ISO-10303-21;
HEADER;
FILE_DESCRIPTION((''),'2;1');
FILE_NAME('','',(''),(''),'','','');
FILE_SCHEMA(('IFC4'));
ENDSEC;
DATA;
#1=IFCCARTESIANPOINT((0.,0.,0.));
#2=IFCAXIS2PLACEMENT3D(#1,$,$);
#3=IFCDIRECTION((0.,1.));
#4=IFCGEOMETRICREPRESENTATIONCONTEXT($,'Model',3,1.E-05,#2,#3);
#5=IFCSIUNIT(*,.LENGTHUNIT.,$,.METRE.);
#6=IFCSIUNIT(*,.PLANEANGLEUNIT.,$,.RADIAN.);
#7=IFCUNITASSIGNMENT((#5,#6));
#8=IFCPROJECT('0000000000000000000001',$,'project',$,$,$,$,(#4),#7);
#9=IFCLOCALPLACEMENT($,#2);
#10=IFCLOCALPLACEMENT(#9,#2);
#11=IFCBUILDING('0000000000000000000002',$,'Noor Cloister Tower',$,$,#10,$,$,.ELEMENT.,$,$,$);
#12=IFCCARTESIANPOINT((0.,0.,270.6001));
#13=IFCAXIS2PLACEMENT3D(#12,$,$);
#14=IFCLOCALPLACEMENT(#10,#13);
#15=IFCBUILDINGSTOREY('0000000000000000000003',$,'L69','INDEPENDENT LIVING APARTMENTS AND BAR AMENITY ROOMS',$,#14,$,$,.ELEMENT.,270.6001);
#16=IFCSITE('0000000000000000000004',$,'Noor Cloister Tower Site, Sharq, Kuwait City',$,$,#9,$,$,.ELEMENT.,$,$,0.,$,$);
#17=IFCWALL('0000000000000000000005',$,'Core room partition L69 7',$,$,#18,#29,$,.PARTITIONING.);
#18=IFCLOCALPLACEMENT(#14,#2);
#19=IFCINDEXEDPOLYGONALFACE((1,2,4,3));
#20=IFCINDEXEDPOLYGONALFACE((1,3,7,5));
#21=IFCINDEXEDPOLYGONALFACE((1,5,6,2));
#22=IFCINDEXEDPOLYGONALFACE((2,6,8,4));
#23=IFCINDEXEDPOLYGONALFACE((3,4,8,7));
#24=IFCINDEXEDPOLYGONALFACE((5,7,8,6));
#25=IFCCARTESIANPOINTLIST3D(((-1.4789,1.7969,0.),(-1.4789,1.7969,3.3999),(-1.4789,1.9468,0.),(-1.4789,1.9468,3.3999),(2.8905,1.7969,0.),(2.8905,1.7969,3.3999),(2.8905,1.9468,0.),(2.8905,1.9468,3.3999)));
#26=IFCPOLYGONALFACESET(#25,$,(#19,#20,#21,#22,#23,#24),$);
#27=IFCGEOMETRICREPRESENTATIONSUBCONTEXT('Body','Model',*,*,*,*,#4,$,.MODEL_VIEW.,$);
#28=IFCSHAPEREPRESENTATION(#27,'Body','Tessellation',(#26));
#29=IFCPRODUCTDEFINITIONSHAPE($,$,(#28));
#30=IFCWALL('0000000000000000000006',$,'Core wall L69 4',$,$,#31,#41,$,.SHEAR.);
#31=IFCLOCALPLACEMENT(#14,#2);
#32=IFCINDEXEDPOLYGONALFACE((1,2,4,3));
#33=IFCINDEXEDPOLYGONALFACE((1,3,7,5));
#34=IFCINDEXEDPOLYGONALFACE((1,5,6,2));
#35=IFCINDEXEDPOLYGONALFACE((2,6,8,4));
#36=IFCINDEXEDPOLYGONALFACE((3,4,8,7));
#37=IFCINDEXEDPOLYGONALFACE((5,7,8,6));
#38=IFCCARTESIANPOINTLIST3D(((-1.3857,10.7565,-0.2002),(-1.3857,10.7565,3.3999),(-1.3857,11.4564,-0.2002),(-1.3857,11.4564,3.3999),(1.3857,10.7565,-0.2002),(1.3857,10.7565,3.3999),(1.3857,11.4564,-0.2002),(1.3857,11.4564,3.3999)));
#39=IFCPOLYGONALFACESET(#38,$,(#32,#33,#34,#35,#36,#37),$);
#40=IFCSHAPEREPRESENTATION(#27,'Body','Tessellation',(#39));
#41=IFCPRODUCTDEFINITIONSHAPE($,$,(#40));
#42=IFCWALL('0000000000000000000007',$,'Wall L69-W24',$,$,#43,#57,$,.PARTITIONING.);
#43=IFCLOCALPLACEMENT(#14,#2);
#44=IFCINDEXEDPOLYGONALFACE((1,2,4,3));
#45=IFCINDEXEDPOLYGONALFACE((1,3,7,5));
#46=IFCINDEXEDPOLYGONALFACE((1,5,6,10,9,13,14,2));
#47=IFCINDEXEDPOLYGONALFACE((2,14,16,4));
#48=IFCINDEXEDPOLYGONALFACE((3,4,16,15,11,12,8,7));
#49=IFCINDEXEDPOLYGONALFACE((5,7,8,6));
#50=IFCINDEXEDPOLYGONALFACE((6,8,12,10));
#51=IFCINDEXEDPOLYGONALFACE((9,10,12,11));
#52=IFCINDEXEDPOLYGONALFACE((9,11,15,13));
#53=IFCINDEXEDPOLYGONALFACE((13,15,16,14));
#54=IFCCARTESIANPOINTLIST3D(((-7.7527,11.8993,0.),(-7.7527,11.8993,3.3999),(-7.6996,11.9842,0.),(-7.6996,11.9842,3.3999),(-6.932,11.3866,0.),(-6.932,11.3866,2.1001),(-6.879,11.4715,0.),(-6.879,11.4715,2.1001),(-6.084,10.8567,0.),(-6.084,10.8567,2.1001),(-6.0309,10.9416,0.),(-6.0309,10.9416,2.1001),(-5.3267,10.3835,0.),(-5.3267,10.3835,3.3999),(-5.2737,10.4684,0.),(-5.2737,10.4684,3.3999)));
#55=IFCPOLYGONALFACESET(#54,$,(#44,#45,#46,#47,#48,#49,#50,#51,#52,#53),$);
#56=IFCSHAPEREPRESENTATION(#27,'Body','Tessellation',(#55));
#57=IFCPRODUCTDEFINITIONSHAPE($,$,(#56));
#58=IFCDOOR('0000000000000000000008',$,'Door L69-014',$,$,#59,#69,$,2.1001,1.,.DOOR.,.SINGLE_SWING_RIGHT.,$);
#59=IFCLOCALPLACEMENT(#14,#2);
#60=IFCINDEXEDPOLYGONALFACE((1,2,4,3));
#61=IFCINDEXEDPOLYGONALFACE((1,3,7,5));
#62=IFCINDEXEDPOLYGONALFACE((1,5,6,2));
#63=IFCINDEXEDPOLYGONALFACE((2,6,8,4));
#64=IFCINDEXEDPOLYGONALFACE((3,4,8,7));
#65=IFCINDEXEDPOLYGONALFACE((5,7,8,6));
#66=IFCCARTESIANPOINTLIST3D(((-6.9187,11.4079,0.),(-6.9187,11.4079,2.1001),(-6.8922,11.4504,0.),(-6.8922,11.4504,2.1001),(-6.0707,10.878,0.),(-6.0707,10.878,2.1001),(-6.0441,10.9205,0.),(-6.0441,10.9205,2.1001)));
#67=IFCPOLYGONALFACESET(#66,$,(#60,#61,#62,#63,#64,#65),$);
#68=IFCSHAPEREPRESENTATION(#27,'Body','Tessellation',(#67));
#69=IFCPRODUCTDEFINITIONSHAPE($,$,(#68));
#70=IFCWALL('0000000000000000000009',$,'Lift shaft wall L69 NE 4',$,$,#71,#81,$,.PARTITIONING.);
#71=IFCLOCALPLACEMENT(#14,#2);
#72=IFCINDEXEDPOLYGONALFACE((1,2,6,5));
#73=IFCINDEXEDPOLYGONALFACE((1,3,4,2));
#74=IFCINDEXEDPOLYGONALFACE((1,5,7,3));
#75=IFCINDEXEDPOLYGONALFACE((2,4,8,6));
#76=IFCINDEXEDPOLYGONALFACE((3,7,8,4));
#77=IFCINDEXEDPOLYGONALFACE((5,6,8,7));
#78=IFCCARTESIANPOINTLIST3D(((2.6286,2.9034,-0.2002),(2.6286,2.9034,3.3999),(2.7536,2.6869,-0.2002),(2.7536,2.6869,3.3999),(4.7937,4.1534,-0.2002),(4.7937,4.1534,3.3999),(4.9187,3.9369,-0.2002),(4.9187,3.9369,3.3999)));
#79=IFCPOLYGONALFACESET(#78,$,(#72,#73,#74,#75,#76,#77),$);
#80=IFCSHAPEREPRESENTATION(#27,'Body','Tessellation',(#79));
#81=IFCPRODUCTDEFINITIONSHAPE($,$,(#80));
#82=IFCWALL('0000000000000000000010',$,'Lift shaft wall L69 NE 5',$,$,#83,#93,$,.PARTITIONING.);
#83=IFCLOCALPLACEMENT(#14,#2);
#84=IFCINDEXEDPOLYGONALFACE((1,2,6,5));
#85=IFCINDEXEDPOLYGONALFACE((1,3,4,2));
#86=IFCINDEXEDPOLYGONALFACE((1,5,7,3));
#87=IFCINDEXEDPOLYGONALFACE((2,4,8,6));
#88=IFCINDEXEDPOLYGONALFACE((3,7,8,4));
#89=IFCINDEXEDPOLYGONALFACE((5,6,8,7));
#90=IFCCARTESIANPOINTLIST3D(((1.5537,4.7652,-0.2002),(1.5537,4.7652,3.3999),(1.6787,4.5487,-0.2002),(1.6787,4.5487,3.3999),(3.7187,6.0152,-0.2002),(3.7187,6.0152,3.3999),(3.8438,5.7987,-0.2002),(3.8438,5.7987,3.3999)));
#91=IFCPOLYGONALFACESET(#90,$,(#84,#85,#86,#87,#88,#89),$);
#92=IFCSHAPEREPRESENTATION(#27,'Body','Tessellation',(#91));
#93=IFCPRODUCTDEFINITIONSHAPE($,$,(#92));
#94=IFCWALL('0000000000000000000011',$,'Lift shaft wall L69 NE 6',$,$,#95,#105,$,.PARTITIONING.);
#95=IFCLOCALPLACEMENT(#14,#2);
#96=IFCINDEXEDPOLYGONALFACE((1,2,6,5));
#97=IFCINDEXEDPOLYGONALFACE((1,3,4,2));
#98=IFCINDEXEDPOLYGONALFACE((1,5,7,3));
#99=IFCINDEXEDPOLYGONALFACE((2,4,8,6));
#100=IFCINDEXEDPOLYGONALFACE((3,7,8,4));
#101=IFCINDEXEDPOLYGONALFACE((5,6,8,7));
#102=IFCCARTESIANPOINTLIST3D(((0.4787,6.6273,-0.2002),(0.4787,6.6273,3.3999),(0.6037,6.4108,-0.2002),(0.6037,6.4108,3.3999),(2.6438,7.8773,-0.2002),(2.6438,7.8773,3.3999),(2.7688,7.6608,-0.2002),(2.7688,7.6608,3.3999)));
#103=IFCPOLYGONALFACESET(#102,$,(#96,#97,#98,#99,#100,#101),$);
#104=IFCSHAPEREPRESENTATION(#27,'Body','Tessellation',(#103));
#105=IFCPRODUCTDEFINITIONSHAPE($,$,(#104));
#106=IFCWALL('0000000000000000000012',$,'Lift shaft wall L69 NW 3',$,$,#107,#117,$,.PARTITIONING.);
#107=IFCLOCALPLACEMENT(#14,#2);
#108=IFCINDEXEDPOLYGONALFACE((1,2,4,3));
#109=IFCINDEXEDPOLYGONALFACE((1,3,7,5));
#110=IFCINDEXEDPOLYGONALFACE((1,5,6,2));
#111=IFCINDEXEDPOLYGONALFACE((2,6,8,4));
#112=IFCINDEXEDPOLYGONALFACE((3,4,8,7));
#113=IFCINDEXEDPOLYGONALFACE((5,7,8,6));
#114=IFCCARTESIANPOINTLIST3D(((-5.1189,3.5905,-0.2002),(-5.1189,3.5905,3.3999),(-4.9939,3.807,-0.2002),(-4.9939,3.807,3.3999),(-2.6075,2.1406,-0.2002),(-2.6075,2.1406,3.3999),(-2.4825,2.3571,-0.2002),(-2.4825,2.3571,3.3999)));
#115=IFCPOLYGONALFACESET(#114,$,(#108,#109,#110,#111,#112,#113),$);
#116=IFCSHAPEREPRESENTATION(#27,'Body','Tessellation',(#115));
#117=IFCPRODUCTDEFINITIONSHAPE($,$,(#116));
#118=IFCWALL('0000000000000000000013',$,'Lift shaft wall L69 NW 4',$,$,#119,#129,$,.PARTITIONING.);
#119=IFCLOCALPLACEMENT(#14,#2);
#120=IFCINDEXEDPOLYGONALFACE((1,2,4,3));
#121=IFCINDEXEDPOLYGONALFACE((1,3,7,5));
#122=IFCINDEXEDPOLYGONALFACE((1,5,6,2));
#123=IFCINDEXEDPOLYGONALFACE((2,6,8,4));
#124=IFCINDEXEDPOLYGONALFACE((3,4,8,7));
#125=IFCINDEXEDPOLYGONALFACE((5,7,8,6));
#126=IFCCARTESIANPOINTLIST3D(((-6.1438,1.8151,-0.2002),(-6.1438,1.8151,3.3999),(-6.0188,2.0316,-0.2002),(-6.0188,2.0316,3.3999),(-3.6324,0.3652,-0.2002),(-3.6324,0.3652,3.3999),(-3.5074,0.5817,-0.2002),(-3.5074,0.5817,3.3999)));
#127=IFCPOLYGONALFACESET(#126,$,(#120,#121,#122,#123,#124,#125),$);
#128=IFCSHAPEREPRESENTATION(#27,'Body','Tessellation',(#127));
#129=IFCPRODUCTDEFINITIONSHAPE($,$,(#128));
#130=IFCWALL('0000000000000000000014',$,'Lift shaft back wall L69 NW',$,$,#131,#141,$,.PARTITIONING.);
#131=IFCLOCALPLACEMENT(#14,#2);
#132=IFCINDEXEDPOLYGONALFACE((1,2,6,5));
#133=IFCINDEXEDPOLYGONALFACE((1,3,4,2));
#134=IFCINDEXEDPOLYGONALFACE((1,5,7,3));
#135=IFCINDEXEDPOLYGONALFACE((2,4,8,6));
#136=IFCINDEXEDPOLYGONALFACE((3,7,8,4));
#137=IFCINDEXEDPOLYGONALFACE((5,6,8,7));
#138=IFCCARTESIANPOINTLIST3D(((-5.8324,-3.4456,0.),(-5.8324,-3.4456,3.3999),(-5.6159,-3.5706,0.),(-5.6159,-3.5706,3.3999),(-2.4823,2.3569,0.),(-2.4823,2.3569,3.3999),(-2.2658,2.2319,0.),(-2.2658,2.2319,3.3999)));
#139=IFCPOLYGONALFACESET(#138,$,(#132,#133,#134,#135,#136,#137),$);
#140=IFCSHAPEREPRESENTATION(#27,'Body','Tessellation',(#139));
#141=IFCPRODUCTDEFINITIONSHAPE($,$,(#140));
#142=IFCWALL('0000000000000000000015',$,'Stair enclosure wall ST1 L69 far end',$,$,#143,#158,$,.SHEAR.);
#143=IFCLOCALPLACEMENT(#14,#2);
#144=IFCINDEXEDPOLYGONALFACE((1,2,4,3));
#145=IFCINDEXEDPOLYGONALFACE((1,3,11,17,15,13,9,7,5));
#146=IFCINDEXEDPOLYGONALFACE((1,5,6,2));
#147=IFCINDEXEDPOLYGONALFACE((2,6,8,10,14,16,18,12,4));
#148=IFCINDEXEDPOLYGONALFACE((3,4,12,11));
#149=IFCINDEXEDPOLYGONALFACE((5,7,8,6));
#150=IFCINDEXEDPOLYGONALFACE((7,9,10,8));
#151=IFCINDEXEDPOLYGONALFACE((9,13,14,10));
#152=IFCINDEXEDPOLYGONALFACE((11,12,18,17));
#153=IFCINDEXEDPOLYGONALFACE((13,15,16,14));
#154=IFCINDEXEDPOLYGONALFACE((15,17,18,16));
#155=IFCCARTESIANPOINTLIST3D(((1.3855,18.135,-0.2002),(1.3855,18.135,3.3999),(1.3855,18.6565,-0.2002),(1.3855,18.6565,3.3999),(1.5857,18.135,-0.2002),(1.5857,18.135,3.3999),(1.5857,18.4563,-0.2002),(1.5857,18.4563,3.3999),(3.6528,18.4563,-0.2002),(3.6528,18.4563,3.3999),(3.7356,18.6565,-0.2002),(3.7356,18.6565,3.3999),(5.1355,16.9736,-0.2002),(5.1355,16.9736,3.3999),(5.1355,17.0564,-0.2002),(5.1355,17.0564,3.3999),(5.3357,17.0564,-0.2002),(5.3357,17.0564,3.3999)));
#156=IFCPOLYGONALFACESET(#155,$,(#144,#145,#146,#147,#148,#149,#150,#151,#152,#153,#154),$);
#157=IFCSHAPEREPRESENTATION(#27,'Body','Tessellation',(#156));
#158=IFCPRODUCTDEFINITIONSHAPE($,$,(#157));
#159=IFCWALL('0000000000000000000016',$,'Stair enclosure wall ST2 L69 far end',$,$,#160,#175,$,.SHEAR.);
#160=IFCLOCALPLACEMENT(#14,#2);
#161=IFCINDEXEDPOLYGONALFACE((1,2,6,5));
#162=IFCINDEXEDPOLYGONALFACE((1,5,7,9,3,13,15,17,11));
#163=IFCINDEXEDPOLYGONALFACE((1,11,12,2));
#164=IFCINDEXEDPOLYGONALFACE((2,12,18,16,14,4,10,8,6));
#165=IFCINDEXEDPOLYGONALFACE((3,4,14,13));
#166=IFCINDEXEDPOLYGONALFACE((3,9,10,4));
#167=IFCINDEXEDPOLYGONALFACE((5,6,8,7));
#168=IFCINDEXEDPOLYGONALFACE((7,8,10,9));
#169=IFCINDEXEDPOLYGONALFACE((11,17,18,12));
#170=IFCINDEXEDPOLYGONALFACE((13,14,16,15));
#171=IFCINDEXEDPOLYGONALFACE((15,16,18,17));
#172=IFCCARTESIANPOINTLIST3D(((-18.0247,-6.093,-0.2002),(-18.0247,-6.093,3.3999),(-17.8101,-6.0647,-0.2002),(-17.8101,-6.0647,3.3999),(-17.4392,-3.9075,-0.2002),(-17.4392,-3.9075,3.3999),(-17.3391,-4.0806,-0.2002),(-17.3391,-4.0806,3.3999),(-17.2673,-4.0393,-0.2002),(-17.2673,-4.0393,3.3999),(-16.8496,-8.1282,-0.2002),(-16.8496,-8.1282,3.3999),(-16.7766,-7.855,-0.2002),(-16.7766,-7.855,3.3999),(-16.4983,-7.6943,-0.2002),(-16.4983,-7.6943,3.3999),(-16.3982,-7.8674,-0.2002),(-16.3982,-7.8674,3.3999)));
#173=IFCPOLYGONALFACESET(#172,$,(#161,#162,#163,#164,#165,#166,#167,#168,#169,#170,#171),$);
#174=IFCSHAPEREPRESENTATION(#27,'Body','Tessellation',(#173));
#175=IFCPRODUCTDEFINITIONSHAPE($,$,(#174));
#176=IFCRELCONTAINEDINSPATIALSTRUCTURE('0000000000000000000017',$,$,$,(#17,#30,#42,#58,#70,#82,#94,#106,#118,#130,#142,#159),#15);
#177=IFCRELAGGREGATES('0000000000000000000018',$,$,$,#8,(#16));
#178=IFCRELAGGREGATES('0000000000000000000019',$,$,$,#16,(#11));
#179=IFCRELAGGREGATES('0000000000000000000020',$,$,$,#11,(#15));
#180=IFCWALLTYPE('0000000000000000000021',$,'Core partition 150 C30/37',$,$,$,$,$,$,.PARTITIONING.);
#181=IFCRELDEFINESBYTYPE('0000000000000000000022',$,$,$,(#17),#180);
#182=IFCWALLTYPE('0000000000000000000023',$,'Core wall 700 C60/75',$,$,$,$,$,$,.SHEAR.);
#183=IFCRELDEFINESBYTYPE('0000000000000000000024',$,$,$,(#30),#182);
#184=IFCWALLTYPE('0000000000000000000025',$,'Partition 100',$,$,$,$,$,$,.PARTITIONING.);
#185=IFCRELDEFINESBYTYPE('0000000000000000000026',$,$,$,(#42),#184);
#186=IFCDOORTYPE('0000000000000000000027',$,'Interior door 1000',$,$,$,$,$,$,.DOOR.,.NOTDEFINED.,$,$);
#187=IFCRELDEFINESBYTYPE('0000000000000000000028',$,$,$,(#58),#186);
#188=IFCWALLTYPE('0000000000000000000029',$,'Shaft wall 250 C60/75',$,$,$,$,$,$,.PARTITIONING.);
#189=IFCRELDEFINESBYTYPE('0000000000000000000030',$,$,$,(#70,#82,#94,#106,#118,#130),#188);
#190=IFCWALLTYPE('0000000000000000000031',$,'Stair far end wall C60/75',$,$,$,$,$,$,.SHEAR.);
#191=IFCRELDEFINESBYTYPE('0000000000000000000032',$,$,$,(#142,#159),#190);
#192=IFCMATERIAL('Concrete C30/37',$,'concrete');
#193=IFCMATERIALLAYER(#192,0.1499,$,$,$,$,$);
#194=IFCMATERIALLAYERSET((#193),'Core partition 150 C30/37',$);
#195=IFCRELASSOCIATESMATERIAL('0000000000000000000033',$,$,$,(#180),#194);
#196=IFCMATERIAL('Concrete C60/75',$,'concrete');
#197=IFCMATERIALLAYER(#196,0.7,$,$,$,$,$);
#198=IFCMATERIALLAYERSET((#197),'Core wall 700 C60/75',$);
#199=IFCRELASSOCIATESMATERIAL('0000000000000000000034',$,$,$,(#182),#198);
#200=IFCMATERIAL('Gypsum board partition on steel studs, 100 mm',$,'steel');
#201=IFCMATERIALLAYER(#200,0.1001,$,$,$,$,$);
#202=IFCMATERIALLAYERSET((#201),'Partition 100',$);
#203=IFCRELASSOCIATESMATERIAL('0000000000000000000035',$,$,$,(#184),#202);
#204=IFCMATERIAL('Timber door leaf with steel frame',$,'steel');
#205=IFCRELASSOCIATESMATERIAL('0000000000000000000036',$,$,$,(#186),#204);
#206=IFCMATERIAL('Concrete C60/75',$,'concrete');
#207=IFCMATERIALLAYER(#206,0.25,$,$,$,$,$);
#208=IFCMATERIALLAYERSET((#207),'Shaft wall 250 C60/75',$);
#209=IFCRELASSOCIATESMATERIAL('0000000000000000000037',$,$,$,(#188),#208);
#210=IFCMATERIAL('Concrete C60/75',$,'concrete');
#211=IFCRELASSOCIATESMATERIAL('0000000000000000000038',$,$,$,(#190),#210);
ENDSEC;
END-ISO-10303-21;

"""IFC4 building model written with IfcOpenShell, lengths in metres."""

from ifc_helpers import new_model, si_unit, direction, frame, frame_2d, origin, place, context, subcontext, project, spatial, polyline, rectangle, outline, extrude, material, layer, layer_set, type_object, element, fill, save


model = new_model("IFC4")

# Units and contexts
model_context = context("Model", 3, precision=1e-05, world=origin(), true_north=direction((0.0, 1.0)))
body_context = subcontext(model_context, "Body", "Model", "MODEL_VIEW")
ifc_project = project(units=[si_unit("LENGTHUNIT", "METRE"), si_unit("PLANEANGLEUNIT", "RADIAN")], contexts=[model_context])

# Site, building, storey
site_placement = place(None, origin())
site = spatial("IfcSite", under=ifc_project, at=site_placement, Name="Noor Cloister Tower Site, Sharq, Kuwait City", CompositionType="ELEMENT", RefElevation=0.0)
building_placement = place(site_placement, origin())
building = spatial("IfcBuilding", under=site, at=building_placement, Name="Noor Cloister Tower", CompositionType="ELEMENT")
storey_placement = place(building_placement, frame((0.0, 0.0, 270.6001)))
storey = spatial("IfcBuildingStorey", under=building, at=storey_placement, Name="L69", Description="INDEPENDENT LIVING APARTMENTS AND BAR AMENITY ROOMS", CompositionType="ELEMENT", Elevation=270.6001)

# Shared definitions
ifc_material_1 = material(Name="Concrete C30/37", Category="concrete")
ifc_layer_1 = layer(ifc_material_1, 0.1499)
ifc_layer_set_1 = layer_set([ifc_layer_1], Name="Core partition 150 C30/37")
wall_type_1 = type_object("IfcWallType", Name="Core partition 150 C30/37", PredefinedType="PARTITIONING", material=ifc_layer_set_1)

# Walls
wall_1_placement = place(storey_placement, frame((-1.4788, 1.8718, 0.0), z_axis=(0.0, 0.0, 1.0), x_axis=(1.0, 0.0, 0.0)))
element("IfcWall", 1, at=wall_1_placement, inside=storey, type_object=wall_type_1, Name="Core room partition L69 7", PredefinedType="PARTITIONING", context=body_context, shape_type="SweptSolid", body=[
    extrude(rectangle(XDim=4.3694, YDim=0.1499, at=frame_2d((2.1846, 0.0))), origin(), (0.0, 0.0, 1.0), 3.3999),
])
ifc_material_2 = material(Name="Concrete C60/75", Category="concrete")
ifc_layer_2 = layer(ifc_material_2, 0.7)
ifc_layer_set_2 = layer_set([ifc_layer_2], Name="Core wall 700 C60/75")
wall_type_2 = type_object("IfcWallType", Name="Core wall 700 C60/75", PredefinedType="SHEAR", material=ifc_layer_set_2)
wall_2_placement = place(storey_placement, frame((1.3857, 11.1064, -0.2002), z_axis=(0.0, 0.0, 1.0), x_axis=(-1.0, 0.0, 0.0)))
element("IfcWall", 2, at=wall_2_placement, inside=storey, type_object=wall_type_2, Name="Core wall L69 4", PredefinedType="SHEAR", context=body_context, shape_type="SweptSolid", body=[
    extrude(rectangle(XDim=2.7715, YDim=0.7, at=frame_2d((1.3857, 0.0))), origin(), (0.0, 0.0, 1.0), 3.6001),
])

# Wall, opening, door
ifc_material_3 = material(Name="Gypsum board partition on steel studs, 100 mm", Category="steel")
ifc_layer_3 = layer(ifc_material_3, 0.1001)
ifc_layer_set_3 = layer_set([ifc_layer_3], Name="Partition 100")
wall_type_3 = type_object("IfcWallType", Name="Partition 100", PredefinedType="PARTITIONING", material=ifc_layer_set_3)
wall_3_placement = place(storey_placement, frame((-5.3003, 10.426, 0.0), z_axis=(0.0, 0.0, 1.0), x_axis=(-0.848061, 0.529899, 0.0)))
wall_3 = element("IfcWall", 3, at=wall_3_placement, inside=storey, type_object=wall_type_3, Name="Wall L69-W24", PredefinedType="PARTITIONING", context=body_context, shape_type="SweptSolid", body=[
    extrude(rectangle(XDim=2.8606, YDim=0.1001, at=frame_2d((1.4302, 0.0))), origin(), (0.0, 0.0, 1.0), 3.3999),
])
opening_1_placement = place(wall_3_placement, frame((0.8928, 0.0, 0.0)))
opening_1 = element("IfcOpeningElement", 4, at=opening_1_placement, cuts=wall_3, PredefinedType="OPENING", context=body_context, shape_type="SweptSolid", body=[
    extrude(rectangle(XDim=1.0, YDim=2.1001, at=frame_2d((0.5, 1.05))), frame((0.0, 0.0601, 0.0), z_axis=(0.0, -1.0, 0.0), x_axis=(1.0, 0.0, 0.0)), (0.0, 0.0, 1.0), 0.1201),
])
ifc_material_4 = material(Name="Timber door leaf with steel frame", Category="steel")
door_type_1 = type_object("IfcDoorType", Name="Interior door 1000", OperationType="NOTDEFINED", PredefinedType="DOOR", material=ifc_material_4)
door_1_placement = place(opening_1_placement, origin())
door_1 = element("IfcDoor", 5, at=door_1_placement, inside=storey, type_object=door_type_1, Name="Door L69-014", OperationType="SINGLE_SWING_RIGHT", OverallHeight=2.1001, OverallWidth=1.0, PredefinedType="DOOR", context=body_context, shape_type="SweptSolid", body=[
    extrude(rectangle(XDim=1.0, YDim=2.1001, at=frame_2d((0.5, 1.05))), frame((0.0, 0.0249, 0.0), z_axis=(0.0, -1.0, 0.0), x_axis=(1.0, 0.0, 0.0)), (0.0, 0.0, 1.0), 0.05),
])
fill(opening_1, door_1)

# Walls
ifc_material_5 = material(Name="Concrete C60/75", Category="concrete")
ifc_layer_4 = layer(ifc_material_5, 0.25)
ifc_layer_set_4 = layer_set([ifc_layer_4], Name="Shaft wall 250 C60/75")
wall_type_4 = type_object("IfcWallType", Name="Shaft wall 250 C60/75", PredefinedType="PARTITIONING", material=ifc_layer_set_4)
for number, where, z_axis, x_axis, name in (
    (6, (4.8562, 4.0452, -0.2002), (0.0, 0.0, 1.0), (-0.866023, -0.500004, 0.0), "Lift shaft wall L69 NE 4"),
    (7, (3.7812, 5.907, -0.2002), (0.0, 0.0, 1.0), (-0.866023, -0.500004, 0.0), "Lift shaft wall L69 NE 5"),
    (8, (2.7063, 7.769, -0.2002), (0.0, 0.0, 1.0), (-0.866023, -0.500004, 0.0), "Lift shaft wall L69 NE 6"),
):
    element("IfcWall", number, at=place(storey_placement, frame(where, z_axis=z_axis, x_axis=x_axis)), inside=storey, type_object=wall_type_4, Name=name, PredefinedType="PARTITIONING", context=body_context, shape_type="SweptSolid", body=[
        extrude(rectangle(XDim=2.5, YDim=0.25, at=frame_2d((1.25, 0.0))), origin(), (0.0, 0.0, 1.0), 3.6001),
    ])
for number, where, z_axis, x_axis, name in (
    (9, (-5.0564, 3.6987, -0.2002), (0.0, 0.0, 1.0), (0.866033, -0.499987, 0.0), "Lift shaft wall L69 NW 3"),
    (10, (-6.0813, 1.9233, -0.2002), (0.0, 0.0, 1.0), (0.866033, -0.499987, 0.0), "Lift shaft wall L69 NW 4"),
):
    element("IfcWall", number, at=place(storey_placement, frame(where, z_axis=z_axis, x_axis=x_axis)), inside=storey, type_object=wall_type_4, Name=name, PredefinedType="PARTITIONING", context=body_context, shape_type="SweptSolid", body=[
        extrude(rectangle(XDim=2.8999, YDim=0.25, at=frame_2d((1.45, 0.0))), origin(), (0.0, 0.0, 1.0), 3.6001),
    ])
wall_4_placement = place(storey_placement, frame((-2.374, 2.2944, 0.0), z_axis=(0.0, 0.0, 1.0), x_axis=(-0.500003, -0.866024, 0.0)))
element("IfcWall", 11, at=wall_4_placement, inside=storey, type_object=wall_type_4, Name="Lift shaft back wall L69 NW", PredefinedType="PARTITIONING", context=body_context, shape_type="SweptSolid", body=[
    extrude(rectangle(XDim=6.7002, YDim=0.25, at=frame_2d((3.3501, 0.0))), origin(), (0.0, 0.0, 1.0), 3.3999),
])
ifc_material_6 = material(Name="Concrete C60/75", Category="concrete")
wall_type_5 = type_object("IfcWallType", Name="Stair far end wall C60/75", PredefinedType="SHEAR", material=ifc_material_6)
wall_5_placement = place(storey_placement, frame((0.0, 0.0, -0.2002)))
element("IfcWall", 12, at=wall_5_placement, inside=storey, type_object=wall_type_5, Name="Stair enclosure wall ST1 L69 far end", PredefinedType="SHEAR", context=body_context, shape_type="SweptSolid", body=[
    extrude(outline(polyline([(5.3357, 17.0564), (3.7356, 18.6565), (1.3855, 18.6565), (1.3855, 18.135), (1.5857, 18.135), (1.5857, 18.4563), (3.6528, 18.4563), (5.1355, 16.9736), (5.1355, 17.0564), (5.1355, 17.0564), (5.1355, 17.0564), (5.1355, 17.0564), (5.1355, 17.0564), (5.1355, 17.0564), (5.1355, 17.0564), (5.1355, 17.0564), (5.1355, 17.0564), (5.1355, 17.0564), (5.1355, 17.0564), (5.1355, 17.0564), (5.1355, 17.0564), (5.1355, 17.0564), (5.1355, 17.0564), (5.1355, 17.0564), (5.1355, 17.0564), (5.3357, 17.0564)])), origin(), (0.0, 0.0, 1.0), 3.6001),
])
wall_6_placement = place(storey_placement, frame((0.0, 0.0, -0.2002)))
element("IfcWall", 13, at=wall_6_placement, inside=storey, type_object=wall_type_5, Name="Stair enclosure wall ST2 L69 far end", PredefinedType="SHEAR", context=body_context, shape_type="SweptSolid", body=[
    extrude(outline(polyline([(-17.4392, -3.9075), (-18.0247, -6.093), (-16.8496, -8.1282), (-16.3982, -7.8674), (-16.4983, -7.6943), (-16.4983, -7.6943), (-16.7766, -7.855), (-17.8101, -6.0647), (-17.2673, -4.0393), (-17.3391, -4.0806), (-17.3391, -4.0806), (-17.3391, -4.0806), (-17.3391, -4.0806), (-17.3391, -4.0806), (-17.3391, -4.0806), (-17.3391, -4.0806), (-17.3391, -4.0806), (-17.3391, -4.0806), (-17.3391, -4.0806), (-17.3391, -4.0806), (-17.3391, -4.0806), (-17.3391, -4.0806), (-17.3391, -4.0806), (-17.3391, -4.0806), (-17.3391, -4.0806), (-17.3391, -4.0806), (-17.4392, -3.9075)])), origin(), (0.0, 0.0, 1.0), 3.6001),
])

save(model, "model.ifc")
